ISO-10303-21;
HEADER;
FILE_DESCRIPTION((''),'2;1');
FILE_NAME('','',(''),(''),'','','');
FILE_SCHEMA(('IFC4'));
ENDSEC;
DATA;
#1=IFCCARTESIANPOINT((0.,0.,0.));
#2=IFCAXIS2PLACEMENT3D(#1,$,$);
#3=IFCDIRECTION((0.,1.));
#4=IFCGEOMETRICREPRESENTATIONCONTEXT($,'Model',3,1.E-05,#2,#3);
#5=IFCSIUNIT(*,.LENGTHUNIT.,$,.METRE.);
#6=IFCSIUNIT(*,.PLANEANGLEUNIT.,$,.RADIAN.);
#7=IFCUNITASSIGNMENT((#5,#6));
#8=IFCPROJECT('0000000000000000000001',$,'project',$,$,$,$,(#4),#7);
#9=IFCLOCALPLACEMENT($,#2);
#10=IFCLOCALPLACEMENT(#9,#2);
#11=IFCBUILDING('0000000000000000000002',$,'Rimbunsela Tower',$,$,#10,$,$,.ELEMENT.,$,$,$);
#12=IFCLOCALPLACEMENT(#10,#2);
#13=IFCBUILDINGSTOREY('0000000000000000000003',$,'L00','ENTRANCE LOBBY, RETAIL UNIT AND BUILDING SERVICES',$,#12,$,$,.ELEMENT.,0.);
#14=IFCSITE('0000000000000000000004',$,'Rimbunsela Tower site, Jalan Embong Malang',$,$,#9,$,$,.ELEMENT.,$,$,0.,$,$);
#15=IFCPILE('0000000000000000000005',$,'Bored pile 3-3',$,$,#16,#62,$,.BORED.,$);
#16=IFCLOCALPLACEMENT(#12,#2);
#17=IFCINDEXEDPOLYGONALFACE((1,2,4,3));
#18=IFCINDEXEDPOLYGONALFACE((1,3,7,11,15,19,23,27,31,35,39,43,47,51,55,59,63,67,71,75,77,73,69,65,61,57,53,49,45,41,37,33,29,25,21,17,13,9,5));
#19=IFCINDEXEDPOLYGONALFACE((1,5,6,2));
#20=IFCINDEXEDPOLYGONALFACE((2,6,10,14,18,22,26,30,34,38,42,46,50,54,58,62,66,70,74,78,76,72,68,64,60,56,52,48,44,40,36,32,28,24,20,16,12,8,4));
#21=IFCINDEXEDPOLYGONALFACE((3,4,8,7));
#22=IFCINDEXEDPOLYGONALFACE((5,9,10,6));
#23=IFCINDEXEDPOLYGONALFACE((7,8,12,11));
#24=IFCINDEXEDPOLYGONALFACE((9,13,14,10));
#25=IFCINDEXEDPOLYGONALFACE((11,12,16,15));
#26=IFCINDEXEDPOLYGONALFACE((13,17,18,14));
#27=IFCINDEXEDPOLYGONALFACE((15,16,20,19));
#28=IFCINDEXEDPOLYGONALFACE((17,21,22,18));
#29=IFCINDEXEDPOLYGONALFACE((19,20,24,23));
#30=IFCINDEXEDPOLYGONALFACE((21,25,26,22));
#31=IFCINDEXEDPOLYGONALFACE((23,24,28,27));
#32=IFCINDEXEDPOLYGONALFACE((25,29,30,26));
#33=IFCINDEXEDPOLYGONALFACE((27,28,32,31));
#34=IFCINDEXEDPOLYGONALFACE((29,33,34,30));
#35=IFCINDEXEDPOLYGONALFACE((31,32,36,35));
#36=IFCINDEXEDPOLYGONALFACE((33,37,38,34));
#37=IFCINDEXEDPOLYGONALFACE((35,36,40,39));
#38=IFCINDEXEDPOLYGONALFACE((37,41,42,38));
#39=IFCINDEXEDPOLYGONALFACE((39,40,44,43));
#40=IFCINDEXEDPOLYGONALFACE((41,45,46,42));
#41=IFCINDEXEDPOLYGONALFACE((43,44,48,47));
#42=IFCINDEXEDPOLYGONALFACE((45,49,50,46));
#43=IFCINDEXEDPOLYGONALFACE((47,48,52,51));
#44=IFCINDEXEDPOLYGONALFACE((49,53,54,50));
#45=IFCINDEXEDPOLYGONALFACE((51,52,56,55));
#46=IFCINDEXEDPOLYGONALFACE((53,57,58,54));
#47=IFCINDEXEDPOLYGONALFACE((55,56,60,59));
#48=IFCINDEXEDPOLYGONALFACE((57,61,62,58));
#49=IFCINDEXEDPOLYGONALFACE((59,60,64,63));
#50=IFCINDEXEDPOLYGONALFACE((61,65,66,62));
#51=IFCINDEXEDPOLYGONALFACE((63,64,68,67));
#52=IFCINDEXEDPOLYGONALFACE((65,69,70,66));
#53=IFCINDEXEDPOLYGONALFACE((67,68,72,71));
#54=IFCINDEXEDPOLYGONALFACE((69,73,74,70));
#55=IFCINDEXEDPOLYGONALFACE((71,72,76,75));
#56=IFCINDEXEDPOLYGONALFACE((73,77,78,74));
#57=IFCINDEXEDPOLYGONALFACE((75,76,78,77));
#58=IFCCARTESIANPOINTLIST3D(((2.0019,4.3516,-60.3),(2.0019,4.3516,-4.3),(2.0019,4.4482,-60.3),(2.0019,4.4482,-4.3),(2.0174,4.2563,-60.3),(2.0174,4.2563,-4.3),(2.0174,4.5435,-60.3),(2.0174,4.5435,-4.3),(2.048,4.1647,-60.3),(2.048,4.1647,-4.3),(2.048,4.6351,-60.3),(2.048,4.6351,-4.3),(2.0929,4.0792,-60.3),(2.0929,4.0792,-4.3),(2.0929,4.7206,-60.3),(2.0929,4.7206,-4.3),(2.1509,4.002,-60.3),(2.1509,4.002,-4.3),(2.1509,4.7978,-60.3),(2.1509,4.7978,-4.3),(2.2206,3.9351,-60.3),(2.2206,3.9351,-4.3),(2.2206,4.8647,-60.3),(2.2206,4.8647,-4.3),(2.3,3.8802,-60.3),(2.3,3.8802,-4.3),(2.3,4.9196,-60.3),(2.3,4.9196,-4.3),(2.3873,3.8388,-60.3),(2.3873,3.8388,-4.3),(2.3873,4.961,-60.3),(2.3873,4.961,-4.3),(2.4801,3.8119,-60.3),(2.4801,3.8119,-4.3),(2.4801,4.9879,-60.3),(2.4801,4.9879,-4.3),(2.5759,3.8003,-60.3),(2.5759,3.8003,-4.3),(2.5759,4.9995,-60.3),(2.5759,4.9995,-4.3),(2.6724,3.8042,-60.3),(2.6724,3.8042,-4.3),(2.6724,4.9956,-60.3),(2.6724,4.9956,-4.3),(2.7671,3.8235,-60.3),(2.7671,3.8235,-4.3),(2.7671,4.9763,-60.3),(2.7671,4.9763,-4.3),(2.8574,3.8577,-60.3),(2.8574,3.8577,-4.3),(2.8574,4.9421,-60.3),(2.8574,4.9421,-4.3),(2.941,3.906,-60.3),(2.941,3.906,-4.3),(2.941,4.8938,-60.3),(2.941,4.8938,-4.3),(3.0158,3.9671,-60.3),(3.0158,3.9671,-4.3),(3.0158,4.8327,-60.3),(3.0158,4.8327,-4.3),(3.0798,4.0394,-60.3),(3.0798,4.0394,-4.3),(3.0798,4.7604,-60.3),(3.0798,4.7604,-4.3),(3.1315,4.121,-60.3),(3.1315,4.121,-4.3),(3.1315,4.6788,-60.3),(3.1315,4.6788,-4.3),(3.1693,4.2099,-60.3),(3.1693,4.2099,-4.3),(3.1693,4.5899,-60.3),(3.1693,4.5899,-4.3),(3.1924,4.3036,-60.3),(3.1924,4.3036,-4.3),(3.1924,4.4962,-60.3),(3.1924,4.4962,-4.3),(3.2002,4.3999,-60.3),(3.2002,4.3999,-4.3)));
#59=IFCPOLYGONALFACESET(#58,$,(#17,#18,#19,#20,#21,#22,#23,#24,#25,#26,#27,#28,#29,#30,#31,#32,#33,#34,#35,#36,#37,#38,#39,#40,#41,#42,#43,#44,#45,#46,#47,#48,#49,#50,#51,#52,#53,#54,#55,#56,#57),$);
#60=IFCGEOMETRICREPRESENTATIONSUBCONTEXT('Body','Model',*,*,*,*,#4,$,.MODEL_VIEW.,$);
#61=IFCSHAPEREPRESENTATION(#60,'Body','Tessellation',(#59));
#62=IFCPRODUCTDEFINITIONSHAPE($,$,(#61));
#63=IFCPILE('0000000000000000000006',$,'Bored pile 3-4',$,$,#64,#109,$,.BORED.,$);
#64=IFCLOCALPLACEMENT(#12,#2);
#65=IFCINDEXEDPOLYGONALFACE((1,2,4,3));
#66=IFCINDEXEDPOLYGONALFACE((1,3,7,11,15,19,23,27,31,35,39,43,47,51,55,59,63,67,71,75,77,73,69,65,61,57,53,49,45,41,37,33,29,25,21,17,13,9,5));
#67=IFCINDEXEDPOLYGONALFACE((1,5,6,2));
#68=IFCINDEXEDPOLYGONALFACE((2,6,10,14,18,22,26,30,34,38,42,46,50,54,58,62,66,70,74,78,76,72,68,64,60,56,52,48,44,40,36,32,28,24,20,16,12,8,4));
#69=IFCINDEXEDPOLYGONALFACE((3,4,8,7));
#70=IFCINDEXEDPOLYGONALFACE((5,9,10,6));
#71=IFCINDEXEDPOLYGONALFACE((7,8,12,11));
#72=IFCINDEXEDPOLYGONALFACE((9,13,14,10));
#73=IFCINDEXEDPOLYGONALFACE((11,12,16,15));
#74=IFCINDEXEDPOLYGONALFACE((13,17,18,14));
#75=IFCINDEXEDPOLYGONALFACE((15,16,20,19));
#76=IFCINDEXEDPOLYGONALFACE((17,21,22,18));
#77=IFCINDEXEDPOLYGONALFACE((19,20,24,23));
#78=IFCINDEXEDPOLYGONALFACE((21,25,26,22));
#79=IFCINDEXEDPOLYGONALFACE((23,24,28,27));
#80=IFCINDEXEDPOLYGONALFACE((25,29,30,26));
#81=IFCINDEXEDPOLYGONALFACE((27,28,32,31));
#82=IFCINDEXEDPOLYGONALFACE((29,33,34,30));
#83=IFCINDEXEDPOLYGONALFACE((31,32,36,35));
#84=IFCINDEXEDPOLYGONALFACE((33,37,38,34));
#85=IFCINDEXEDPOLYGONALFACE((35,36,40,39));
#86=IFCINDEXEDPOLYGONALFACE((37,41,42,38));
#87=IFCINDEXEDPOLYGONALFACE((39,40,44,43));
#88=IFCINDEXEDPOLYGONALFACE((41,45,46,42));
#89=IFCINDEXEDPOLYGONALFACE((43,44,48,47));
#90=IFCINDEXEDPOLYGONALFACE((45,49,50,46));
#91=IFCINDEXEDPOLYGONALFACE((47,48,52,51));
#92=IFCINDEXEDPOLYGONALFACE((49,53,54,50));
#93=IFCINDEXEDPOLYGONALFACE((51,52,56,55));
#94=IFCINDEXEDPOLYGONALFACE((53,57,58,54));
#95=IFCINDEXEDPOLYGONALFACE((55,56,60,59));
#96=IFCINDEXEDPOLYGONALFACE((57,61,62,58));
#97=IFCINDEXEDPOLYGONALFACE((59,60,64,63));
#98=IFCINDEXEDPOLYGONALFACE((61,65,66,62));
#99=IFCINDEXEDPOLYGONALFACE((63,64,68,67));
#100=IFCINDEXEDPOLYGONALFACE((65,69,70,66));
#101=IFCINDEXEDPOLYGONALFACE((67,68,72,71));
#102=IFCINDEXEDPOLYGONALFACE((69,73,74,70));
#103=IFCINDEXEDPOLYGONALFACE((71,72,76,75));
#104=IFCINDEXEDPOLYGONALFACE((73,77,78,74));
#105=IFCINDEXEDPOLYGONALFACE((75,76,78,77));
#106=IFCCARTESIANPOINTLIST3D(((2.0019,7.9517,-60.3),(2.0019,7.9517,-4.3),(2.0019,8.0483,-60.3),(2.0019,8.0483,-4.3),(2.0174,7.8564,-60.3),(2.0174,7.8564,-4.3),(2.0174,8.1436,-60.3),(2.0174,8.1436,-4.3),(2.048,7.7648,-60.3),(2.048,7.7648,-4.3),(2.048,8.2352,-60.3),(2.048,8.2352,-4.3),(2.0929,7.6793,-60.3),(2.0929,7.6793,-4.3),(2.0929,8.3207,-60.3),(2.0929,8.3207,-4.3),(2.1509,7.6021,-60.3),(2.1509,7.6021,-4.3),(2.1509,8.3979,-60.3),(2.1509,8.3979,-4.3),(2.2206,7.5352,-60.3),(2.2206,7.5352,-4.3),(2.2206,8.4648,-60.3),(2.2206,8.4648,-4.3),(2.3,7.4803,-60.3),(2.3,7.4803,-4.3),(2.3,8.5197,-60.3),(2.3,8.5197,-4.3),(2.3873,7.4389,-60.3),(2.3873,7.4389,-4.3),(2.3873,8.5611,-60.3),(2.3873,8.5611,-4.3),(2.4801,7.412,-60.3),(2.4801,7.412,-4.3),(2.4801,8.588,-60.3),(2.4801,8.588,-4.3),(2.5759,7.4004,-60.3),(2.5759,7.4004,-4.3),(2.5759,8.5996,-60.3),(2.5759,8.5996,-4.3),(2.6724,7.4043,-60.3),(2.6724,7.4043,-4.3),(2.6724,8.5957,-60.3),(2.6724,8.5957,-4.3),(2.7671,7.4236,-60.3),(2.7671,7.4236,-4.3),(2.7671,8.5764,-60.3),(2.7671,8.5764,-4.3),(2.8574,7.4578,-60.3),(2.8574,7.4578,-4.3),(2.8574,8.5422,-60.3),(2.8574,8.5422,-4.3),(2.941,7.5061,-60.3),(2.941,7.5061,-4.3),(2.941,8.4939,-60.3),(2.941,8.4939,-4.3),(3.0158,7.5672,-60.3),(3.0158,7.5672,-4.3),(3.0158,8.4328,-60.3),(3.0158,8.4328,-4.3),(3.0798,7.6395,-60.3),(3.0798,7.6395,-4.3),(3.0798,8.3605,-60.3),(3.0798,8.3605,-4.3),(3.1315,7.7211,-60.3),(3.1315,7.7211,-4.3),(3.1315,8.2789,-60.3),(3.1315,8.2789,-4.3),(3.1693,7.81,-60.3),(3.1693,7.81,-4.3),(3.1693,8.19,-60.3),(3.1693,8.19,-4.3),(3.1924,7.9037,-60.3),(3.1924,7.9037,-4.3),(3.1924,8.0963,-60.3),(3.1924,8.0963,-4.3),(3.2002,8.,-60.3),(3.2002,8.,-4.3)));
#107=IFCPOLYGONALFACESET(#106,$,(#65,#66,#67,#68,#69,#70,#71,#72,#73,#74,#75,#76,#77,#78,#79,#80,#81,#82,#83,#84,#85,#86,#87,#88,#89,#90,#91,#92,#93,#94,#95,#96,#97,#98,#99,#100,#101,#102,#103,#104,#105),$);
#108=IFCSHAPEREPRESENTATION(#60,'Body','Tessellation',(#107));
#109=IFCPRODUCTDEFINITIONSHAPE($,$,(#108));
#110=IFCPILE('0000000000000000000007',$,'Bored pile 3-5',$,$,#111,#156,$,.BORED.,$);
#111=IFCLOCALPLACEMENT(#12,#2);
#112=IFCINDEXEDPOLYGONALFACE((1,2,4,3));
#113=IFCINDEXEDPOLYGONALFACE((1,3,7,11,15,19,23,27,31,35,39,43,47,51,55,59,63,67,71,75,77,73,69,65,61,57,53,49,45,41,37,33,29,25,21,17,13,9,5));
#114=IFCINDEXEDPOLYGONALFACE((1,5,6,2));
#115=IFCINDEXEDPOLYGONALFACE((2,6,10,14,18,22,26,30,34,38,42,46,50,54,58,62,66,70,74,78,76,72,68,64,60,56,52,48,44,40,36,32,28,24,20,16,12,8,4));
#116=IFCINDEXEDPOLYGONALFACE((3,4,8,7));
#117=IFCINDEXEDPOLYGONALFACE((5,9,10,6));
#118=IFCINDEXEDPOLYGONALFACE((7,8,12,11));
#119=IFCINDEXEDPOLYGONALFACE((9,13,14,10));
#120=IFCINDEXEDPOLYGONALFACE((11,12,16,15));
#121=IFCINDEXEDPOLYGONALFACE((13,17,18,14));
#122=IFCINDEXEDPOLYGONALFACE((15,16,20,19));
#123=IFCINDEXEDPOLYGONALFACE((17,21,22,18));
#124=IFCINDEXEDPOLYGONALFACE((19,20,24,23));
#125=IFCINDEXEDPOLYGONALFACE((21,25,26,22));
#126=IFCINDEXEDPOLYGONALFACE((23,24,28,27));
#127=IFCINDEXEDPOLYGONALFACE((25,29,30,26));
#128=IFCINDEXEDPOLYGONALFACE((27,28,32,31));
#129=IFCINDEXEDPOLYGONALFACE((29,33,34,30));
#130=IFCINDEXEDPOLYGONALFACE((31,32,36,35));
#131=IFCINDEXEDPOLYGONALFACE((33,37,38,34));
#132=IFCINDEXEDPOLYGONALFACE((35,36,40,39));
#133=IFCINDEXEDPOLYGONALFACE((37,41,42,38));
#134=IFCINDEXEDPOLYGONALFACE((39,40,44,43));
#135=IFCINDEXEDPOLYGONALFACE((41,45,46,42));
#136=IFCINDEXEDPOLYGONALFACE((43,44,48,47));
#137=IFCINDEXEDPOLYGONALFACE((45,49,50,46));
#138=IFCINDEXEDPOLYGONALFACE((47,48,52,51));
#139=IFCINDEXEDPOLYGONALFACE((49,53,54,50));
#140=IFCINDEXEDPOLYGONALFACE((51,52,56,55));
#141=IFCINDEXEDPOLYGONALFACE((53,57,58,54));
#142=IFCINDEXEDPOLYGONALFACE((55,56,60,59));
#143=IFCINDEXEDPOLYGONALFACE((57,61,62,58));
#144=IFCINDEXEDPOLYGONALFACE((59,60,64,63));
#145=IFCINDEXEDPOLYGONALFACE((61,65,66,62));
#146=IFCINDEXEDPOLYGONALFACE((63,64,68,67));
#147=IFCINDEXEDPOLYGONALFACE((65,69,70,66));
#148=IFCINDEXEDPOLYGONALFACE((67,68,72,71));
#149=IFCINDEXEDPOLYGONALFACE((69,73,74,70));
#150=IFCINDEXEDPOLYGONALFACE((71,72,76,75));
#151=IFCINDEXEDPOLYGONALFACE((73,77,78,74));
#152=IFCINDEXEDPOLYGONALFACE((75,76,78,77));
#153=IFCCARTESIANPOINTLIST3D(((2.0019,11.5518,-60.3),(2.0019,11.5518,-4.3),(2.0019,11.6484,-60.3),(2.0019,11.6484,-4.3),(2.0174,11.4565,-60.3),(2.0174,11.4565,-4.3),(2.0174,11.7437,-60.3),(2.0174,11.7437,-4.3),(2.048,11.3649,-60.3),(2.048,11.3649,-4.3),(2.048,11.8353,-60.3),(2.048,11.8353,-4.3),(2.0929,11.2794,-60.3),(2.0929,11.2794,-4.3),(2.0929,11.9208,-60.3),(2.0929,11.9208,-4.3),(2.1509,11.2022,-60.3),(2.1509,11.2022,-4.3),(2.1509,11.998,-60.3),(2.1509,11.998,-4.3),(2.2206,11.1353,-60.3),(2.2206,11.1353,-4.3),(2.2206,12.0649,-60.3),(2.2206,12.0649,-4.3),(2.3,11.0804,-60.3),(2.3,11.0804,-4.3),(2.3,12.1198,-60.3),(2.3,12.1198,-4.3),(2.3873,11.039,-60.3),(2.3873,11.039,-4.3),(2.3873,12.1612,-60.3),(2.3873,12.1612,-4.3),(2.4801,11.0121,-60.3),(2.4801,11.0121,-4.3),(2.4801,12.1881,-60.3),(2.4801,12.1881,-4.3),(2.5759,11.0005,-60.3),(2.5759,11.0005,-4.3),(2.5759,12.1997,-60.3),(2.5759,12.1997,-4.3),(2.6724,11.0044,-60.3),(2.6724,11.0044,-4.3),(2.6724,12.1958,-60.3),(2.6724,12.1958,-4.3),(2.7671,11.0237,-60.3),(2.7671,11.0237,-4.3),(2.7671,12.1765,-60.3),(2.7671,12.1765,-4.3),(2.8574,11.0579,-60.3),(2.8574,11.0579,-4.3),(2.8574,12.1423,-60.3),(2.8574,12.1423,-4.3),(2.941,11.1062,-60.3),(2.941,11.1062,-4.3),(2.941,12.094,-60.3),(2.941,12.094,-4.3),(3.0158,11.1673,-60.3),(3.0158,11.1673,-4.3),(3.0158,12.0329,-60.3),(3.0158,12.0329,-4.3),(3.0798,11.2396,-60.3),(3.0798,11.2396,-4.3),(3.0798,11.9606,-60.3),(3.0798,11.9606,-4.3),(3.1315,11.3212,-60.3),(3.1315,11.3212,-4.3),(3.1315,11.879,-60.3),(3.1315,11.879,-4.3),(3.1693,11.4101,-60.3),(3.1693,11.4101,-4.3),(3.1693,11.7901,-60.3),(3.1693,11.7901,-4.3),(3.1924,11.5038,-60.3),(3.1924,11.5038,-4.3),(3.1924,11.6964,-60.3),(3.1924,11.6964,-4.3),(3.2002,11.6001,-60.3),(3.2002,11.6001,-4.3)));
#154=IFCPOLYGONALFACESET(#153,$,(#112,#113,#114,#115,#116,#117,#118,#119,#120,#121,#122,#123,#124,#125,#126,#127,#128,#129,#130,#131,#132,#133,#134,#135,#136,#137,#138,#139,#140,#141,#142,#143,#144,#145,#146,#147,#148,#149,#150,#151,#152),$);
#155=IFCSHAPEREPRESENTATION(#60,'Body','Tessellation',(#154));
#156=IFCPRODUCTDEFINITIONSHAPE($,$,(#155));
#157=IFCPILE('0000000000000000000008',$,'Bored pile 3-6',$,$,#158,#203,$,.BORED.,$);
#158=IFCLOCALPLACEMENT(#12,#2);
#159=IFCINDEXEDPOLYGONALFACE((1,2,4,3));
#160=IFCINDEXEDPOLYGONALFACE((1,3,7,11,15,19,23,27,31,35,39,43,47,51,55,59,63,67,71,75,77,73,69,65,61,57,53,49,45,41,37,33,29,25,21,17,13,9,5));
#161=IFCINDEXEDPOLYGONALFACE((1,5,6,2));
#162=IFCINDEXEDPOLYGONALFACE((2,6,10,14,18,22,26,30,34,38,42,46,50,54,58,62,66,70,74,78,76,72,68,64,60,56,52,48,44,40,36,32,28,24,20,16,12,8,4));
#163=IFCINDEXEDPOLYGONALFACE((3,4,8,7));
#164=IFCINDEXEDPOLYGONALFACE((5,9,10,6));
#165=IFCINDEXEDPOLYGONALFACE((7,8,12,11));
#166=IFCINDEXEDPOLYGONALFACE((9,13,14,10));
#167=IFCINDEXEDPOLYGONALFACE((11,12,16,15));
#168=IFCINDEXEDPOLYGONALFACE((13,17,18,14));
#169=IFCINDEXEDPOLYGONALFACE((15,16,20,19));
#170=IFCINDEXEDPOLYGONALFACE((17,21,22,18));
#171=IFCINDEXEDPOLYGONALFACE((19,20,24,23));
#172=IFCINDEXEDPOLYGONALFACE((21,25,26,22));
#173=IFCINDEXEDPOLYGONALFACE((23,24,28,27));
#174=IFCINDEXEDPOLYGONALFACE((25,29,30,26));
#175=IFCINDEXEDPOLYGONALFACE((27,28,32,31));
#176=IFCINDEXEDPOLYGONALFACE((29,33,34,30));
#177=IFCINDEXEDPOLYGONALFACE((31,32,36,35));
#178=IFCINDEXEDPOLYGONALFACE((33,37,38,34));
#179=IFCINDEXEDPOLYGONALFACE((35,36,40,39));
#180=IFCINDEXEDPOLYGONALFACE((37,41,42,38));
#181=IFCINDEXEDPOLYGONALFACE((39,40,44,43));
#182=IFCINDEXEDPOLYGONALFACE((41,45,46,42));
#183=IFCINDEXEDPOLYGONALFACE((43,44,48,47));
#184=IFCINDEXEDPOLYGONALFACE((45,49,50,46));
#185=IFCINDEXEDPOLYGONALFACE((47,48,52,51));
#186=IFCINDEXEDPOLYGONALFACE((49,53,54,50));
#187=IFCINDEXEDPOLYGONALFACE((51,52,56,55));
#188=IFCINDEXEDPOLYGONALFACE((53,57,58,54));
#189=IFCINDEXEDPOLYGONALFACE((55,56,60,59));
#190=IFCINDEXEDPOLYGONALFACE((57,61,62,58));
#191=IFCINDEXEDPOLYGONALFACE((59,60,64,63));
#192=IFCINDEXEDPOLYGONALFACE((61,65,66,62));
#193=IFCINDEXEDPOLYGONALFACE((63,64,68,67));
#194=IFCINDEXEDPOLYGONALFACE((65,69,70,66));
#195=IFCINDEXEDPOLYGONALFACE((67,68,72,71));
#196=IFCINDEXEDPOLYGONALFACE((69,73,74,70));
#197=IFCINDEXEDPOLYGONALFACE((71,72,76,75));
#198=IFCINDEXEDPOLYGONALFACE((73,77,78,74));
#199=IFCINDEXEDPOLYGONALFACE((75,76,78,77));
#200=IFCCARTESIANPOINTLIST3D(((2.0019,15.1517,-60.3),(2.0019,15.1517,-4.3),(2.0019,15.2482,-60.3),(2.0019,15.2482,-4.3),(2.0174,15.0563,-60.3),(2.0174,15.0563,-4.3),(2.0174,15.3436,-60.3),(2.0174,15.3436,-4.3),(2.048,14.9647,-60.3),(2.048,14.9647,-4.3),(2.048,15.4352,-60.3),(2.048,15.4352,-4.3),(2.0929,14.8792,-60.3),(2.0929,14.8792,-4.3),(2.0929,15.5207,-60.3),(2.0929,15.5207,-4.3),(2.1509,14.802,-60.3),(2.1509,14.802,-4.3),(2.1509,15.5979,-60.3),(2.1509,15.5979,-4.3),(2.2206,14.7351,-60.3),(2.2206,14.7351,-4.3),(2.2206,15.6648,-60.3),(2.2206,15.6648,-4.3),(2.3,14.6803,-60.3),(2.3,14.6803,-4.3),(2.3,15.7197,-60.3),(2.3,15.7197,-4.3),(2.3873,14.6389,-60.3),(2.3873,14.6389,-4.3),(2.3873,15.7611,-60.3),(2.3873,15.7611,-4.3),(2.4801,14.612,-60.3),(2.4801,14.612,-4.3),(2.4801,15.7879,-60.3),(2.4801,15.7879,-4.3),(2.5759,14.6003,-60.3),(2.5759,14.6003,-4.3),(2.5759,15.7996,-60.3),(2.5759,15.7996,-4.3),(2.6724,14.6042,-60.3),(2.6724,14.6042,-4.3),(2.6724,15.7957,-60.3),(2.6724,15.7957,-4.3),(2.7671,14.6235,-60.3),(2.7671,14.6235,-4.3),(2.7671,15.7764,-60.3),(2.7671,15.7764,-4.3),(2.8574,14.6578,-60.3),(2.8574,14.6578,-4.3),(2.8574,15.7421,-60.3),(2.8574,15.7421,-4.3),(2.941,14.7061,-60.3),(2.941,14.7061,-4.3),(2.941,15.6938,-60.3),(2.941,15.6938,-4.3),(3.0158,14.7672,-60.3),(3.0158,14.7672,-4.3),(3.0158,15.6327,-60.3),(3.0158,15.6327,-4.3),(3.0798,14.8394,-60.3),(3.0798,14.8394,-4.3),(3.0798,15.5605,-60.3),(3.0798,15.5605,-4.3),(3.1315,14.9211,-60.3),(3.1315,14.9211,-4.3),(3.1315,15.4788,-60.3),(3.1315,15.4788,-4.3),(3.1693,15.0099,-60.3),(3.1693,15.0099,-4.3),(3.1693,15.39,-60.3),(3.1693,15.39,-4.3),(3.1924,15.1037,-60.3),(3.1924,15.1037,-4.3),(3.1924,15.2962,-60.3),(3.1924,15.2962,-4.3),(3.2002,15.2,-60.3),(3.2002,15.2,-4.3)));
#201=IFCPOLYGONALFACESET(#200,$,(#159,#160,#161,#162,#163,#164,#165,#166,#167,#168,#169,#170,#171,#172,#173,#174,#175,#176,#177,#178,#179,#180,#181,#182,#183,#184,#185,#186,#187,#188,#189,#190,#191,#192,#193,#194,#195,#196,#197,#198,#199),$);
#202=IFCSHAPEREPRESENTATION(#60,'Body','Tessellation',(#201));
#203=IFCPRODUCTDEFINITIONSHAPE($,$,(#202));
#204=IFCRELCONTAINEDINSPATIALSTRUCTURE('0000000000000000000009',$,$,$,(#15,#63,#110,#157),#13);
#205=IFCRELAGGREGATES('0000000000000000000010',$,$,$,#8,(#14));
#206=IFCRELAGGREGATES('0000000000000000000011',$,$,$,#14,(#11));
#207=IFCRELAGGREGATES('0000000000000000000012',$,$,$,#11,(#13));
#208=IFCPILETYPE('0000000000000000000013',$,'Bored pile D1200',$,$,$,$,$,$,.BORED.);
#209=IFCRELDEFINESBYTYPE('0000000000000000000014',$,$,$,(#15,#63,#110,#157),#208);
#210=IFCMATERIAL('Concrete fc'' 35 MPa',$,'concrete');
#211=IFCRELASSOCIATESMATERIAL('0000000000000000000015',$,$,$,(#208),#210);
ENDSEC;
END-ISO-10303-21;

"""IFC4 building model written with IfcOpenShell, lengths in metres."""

from ifc_helpers import new_model, si_unit, direction, frame, origin, origin_2d, place, context, subcontext, project, spatial, circle, extrude, material, material_profile, profile_set, type_object, element, save


model = new_model("IFC4")

# Units and contexts
model_context = context("Model", 3, precision=1e-05, world=origin(), true_north=direction((0.0, 1.0)))
body_context = subcontext(model_context, "Body", "Model", "MODEL_VIEW")
ifc_project = project(units=[si_unit("LENGTHUNIT", "METRE"), si_unit("PLANEANGLEUNIT", "RADIAN")], contexts=[model_context])

# Site, building, storey
site_placement = place(None, origin())
site = spatial("IfcSite", under=ifc_project, at=site_placement, Name="Rimbunsela Tower site, Jalan Embong Malang", CompositionType="ELEMENT", RefElevation=0.0)
building_placement = place(site_placement, origin())
building = spatial("IfcBuilding", under=site, at=building_placement, Name="Rimbunsela Tower", CompositionType="ELEMENT")
storey_placement = place(building_placement, origin())
storey = spatial("IfcBuildingStorey", under=building, at=storey_placement, Name="L00", Description="ENTRANCE LOBBY, RETAIL UNIT AND BUILDING SERVICES", CompositionType="ELEMENT", Elevation=0.0)

# Piles
ifc_material_1 = material(Name="Concrete fc' 35 MPa", Category="concrete")
ifc_material_profile_1 = material_profile(ifc_material_1, circle(Radius=0.6001, at=origin_2d()), Name="BP D1200")
ifc_profile_set_1 = profile_set([ifc_material_profile_1], Name="Concrete fc' 35 MPa")
pile_type = type_object("IfcPileType", Name="Bored pile D1200", PredefinedType="BORED", material=ifc_profile_set_1)
for number, where, z_axis, x_axis, name in (
    (1, (2.6001, 4.3999, -4.3), (0.0, 0.0, -1.0), (1.0, 0.0, 0.0), "Bored pile 3-3"),
    (2, (2.6001, 8.0, -4.3), (0.0, 0.0, -1.0), (1.0, 0.0, 0.0), "Bored pile 3-4"),
    (3, (2.6001, 11.6001, -4.3), (0.0, 0.0, -1.0), (1.0, 0.0, 0.0), "Bored pile 3-5"),
    (4, (2.6001, 15.2, -4.3), (0.0, 0.0, -1.0), (1.0, 0.0, 0.0), "Bored pile 3-6"),
):
    element("IfcPile", number, at=place(storey_placement, frame(where, z_axis=z_axis, x_axis=x_axis)), inside=storey, type_object=pile_type, Name=name, PredefinedType="BORED", context=body_context, shape_type="SweptSolid", body=[
        extrude(circle(Radius=0.6001, at=origin_2d()), origin(), (0.0, 0.0, 1.0), 56.0),
    ])

save(model, "model.ifc")
